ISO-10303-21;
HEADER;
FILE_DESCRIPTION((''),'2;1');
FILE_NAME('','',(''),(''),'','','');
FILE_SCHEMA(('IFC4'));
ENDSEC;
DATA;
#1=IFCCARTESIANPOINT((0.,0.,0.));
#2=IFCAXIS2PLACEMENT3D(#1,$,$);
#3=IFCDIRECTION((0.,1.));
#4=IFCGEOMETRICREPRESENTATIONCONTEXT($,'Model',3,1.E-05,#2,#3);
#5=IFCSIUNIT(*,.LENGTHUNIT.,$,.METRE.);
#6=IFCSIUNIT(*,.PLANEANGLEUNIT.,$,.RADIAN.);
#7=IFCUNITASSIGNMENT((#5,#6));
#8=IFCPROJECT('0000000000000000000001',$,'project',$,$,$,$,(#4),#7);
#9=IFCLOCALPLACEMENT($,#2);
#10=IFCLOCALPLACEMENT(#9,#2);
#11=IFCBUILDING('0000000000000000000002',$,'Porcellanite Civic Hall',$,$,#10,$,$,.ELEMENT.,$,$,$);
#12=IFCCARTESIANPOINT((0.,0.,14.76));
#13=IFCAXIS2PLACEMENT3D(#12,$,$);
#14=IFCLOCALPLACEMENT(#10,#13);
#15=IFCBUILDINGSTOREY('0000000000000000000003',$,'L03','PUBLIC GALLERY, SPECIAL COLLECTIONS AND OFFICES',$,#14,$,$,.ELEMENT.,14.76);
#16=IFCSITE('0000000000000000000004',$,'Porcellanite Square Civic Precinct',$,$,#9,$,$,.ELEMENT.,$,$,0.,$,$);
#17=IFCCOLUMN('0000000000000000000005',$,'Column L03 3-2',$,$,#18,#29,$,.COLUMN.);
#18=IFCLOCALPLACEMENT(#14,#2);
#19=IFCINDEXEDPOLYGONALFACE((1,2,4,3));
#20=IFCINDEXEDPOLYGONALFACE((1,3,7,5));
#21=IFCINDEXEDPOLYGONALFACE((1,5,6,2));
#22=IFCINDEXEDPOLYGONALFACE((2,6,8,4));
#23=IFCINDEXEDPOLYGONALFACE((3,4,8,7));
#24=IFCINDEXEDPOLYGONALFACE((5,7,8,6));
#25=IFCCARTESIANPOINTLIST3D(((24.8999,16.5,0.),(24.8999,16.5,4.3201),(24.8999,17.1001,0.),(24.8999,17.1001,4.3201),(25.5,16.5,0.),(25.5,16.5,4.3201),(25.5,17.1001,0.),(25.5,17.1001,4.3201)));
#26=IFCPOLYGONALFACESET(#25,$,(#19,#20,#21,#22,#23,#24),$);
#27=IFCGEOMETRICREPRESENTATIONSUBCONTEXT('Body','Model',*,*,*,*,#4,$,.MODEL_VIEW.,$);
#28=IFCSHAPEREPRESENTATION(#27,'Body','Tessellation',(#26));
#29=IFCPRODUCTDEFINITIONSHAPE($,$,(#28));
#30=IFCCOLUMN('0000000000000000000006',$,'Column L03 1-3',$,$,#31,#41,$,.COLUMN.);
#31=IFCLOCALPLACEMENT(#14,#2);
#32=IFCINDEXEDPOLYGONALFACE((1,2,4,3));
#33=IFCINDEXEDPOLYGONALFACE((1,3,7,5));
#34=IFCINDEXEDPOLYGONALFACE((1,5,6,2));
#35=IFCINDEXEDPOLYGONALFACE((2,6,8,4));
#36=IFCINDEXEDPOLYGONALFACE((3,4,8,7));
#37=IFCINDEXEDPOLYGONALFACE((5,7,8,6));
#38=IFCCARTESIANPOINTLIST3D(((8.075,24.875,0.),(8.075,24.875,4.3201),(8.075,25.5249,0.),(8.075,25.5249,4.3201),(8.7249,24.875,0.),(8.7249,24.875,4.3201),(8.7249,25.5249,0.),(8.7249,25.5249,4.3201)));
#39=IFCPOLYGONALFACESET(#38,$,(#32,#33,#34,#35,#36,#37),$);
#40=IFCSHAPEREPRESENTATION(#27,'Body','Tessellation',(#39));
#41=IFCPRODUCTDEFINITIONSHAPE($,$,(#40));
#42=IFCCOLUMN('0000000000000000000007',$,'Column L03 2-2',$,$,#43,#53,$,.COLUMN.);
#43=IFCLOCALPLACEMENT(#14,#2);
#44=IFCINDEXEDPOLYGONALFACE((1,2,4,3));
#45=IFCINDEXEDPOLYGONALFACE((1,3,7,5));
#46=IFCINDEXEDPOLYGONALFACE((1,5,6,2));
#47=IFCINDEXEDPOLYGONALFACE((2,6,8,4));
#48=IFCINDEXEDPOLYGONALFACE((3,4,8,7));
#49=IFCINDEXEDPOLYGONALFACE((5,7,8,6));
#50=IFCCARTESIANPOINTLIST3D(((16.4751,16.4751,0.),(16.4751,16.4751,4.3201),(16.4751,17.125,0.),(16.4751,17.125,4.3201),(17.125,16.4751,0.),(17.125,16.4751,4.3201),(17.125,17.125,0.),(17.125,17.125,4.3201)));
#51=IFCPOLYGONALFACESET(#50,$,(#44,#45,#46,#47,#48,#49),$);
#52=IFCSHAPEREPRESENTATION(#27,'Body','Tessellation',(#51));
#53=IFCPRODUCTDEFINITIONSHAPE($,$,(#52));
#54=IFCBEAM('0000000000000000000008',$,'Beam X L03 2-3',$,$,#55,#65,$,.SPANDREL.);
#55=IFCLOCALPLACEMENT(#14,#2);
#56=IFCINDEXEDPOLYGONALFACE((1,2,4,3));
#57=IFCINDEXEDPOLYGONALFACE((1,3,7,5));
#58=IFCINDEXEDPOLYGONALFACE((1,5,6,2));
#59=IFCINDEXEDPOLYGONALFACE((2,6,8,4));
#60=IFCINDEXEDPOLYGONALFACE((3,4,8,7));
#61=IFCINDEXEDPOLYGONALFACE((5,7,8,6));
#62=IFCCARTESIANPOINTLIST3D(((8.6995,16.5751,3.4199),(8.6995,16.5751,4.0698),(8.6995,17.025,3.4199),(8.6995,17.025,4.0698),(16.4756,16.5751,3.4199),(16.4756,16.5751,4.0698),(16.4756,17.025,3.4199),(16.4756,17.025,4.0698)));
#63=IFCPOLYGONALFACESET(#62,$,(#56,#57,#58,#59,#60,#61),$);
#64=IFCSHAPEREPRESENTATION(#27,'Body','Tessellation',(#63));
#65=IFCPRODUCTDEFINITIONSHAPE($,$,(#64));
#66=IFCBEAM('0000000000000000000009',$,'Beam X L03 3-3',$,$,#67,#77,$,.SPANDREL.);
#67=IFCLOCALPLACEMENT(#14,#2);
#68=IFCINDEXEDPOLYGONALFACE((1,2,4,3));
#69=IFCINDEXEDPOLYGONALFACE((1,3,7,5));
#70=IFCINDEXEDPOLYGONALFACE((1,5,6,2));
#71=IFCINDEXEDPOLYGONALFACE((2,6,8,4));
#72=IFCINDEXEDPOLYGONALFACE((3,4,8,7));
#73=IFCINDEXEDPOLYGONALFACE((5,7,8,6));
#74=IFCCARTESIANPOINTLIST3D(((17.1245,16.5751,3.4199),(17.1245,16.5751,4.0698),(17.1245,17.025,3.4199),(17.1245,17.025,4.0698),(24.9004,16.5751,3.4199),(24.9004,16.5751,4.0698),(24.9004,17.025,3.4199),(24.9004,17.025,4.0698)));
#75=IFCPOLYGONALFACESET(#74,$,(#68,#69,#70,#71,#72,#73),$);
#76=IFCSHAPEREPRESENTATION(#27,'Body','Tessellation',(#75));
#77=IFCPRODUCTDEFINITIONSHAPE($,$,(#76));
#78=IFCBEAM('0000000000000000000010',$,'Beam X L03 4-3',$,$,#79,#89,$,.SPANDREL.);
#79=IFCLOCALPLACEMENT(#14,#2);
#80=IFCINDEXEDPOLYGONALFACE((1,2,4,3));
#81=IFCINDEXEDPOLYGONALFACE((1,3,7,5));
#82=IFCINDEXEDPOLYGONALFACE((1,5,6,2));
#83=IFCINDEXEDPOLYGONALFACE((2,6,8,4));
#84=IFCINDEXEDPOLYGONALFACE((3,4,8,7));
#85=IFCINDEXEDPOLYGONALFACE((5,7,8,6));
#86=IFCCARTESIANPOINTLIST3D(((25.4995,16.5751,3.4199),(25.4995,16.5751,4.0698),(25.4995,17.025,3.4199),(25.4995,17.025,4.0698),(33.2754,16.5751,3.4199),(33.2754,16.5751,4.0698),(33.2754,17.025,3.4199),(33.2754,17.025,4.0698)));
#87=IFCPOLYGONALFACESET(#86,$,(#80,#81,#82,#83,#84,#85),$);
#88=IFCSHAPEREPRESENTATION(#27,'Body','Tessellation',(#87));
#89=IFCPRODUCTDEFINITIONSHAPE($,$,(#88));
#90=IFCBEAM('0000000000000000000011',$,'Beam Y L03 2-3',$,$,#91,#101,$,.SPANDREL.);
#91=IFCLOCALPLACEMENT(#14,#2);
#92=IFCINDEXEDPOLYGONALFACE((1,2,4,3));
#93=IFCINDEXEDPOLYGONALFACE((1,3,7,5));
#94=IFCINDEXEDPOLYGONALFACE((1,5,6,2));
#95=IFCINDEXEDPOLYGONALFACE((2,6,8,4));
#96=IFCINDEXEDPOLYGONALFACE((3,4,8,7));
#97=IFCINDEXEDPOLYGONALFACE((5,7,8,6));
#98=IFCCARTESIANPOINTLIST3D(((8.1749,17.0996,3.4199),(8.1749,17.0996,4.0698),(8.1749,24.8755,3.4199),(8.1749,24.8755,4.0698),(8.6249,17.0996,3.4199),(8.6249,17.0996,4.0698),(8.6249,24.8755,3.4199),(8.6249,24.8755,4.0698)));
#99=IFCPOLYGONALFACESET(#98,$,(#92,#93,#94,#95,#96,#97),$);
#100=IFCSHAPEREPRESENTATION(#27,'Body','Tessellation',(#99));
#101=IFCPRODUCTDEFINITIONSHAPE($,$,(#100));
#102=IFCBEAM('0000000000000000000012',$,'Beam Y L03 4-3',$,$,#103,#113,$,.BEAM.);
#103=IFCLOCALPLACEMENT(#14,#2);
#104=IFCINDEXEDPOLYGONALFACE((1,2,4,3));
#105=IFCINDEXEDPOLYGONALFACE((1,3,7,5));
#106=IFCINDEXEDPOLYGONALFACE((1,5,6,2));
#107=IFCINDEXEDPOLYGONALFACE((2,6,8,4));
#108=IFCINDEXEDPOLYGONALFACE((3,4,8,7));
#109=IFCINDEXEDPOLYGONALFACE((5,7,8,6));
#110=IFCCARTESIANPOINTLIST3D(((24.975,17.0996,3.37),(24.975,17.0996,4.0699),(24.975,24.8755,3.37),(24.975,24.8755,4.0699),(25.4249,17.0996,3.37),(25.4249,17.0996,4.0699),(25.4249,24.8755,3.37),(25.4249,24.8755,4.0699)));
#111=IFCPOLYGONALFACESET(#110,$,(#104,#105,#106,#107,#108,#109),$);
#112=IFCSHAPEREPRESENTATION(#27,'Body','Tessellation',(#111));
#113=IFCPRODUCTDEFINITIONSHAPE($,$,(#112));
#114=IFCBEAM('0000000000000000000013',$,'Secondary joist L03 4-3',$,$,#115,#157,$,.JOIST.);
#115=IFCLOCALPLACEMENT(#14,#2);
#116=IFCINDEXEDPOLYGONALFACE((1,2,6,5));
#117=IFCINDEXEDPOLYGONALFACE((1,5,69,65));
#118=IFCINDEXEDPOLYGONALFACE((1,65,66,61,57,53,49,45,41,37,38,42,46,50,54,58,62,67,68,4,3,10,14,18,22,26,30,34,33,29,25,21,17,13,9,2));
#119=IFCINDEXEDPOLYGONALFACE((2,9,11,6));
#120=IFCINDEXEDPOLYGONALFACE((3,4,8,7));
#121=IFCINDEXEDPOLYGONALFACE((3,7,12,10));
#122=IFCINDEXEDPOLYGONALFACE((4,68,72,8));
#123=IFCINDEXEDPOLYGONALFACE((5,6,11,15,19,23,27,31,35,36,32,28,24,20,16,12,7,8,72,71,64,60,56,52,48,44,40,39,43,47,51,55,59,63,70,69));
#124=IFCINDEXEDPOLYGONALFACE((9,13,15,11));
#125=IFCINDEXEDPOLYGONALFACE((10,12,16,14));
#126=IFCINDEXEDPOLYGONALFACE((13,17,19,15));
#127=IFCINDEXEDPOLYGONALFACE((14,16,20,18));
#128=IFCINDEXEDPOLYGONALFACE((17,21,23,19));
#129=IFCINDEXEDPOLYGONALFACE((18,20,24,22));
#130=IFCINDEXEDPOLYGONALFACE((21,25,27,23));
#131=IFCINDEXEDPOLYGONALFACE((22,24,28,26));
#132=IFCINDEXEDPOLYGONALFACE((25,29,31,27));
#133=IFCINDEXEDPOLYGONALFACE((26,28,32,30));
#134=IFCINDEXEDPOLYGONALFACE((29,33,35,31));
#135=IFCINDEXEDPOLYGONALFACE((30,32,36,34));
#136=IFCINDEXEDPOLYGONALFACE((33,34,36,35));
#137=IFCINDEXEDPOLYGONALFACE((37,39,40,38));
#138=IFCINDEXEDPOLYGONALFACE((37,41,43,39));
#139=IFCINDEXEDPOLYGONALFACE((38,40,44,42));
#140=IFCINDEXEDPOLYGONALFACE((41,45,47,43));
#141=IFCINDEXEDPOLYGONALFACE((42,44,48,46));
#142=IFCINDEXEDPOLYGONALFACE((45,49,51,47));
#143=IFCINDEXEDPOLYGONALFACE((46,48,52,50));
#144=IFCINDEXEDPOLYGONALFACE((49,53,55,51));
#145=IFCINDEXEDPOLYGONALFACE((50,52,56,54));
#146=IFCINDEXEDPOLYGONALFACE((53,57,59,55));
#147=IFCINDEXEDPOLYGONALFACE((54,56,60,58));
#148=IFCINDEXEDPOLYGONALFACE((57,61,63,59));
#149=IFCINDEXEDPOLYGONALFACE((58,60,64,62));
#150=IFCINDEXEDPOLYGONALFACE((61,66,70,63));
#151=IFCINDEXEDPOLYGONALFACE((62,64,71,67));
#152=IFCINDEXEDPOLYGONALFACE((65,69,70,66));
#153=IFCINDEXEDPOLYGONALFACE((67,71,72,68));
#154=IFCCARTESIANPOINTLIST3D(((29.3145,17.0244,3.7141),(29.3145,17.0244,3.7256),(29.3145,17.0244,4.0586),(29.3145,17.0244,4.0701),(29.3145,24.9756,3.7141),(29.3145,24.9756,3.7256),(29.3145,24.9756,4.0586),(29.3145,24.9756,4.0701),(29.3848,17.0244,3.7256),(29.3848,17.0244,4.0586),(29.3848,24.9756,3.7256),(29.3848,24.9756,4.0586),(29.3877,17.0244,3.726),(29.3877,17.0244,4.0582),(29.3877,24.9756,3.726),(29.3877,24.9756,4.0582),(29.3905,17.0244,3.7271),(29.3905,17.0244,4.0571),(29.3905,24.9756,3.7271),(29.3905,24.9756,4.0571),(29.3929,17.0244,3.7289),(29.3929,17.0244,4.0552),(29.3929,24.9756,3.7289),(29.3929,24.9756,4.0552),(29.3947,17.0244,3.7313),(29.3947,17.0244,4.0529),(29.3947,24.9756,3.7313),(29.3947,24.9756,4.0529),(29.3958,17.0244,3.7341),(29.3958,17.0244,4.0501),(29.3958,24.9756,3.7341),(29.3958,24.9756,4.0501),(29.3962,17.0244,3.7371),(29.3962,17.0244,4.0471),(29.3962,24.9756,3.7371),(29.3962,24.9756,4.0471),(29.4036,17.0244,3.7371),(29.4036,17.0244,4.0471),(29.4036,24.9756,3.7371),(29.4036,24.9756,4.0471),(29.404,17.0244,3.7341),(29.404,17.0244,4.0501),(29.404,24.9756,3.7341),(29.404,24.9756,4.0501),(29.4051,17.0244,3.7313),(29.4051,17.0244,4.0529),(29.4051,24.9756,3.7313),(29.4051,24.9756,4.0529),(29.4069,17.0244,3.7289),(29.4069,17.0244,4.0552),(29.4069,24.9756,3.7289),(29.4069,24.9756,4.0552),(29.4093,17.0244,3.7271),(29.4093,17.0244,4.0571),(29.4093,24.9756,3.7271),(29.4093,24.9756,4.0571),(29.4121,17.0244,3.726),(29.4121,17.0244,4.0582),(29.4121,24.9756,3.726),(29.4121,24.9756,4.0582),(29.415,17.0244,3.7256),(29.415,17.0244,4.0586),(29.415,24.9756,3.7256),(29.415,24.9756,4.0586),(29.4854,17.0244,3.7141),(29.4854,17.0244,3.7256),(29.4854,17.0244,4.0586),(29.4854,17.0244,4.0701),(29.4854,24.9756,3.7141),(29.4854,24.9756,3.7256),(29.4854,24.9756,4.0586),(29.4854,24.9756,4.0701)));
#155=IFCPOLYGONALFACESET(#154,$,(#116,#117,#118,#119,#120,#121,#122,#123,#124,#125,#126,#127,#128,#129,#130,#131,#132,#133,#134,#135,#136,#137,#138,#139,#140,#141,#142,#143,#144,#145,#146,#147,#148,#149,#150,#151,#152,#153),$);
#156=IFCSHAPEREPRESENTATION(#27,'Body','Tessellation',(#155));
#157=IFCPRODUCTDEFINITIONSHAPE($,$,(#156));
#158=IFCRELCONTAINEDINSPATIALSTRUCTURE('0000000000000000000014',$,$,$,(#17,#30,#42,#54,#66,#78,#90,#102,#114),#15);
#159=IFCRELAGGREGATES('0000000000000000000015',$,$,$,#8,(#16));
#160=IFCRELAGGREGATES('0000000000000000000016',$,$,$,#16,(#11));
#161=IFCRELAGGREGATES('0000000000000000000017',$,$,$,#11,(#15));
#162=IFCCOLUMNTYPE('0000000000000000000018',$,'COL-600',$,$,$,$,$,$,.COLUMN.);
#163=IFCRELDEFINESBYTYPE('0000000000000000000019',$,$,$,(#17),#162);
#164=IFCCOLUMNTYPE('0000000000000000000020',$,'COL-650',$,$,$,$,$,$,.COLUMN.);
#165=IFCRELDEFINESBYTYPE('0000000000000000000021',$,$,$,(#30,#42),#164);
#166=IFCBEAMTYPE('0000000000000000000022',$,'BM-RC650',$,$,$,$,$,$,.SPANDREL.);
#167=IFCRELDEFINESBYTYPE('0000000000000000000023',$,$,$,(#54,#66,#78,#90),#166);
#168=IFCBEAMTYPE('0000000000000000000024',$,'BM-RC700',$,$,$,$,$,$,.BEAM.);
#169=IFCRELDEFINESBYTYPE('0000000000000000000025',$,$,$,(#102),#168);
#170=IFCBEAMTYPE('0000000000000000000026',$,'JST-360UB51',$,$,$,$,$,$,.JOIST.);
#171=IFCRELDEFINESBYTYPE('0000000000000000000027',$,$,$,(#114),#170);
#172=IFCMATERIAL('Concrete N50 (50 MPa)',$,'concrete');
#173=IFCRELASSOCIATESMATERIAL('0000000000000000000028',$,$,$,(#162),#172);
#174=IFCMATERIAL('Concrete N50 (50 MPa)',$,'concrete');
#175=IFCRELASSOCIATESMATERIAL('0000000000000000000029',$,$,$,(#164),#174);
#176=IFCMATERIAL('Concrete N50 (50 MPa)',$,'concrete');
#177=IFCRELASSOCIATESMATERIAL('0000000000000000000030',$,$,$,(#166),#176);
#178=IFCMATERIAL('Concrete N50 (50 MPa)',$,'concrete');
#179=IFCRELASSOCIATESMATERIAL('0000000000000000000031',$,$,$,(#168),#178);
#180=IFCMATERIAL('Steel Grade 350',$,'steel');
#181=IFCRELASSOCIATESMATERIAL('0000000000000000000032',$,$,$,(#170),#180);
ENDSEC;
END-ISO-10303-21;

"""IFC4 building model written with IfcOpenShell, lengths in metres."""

from ifc_helpers import new_model, si_unit, direction, frame, origin, origin_2d, place, context, subcontext, project, spatial, rectangle, i_section, extrude, material, material_profile, profile_set, type_object, element, save


model = new_model("IFC4")

# Units and contexts
model_context = context("Model", 3, precision=1e-05, world=origin(), true_north=direction((0.0, 1.0)))
body_context = subcontext(model_context, "Body", "Model", "MODEL_VIEW")
ifc_project = project(units=[si_unit("LENGTHUNIT", "METRE"), si_unit("PLANEANGLEUNIT", "RADIAN")], contexts=[model_context])

# Site, building, storey
site_placement = place(None, origin())
site = spatial("IfcSite", under=ifc_project, at=site_placement, Name="Porcellanite Square Civic Precinct", CompositionType="ELEMENT", RefElevation=0.0)
building_placement = place(site_placement, origin())
building = spatial("IfcBuilding", under=site, at=building_placement, Name="Porcellanite Civic Hall", CompositionType="ELEMENT")
storey_placement = place(building_placement, frame((0.0, 0.0, 14.76)))
storey = spatial("IfcBuildingStorey", under=building, at=storey_placement, Name="L03", Description="PUBLIC GALLERY, SPECIAL COLLECTIONS AND OFFICES", CompositionType="ELEMENT", Elevation=14.76)

# Columns
ifc_material_1 = material(Name="Concrete N50 (50 MPa)", Category="concrete")
ifc_material_profile_1 = material_profile(ifc_material_1, rectangle(XDim=0.6001, YDim=0.6001, at=origin_2d()), Name="RC-600x600")
ifc_profile_set_1 = profile_set([ifc_material_profile_1], Name="Concrete N50 (50 MPa)")
column_type_1 = type_object("IfcColumnType", Name="COL-600", PredefinedType="COLUMN", material=ifc_profile_set_1)
column_placement = place(storey_placement, frame((25.2, 16.8, 0.0), z_axis=(0.0, 0.0, 1.0), x_axis=(1.0, 0.0, 0.0)))
element("IfcColumn", 1, at=column_placement, inside=storey, type_object=column_type_1, Name="Column L03 3-2", PredefinedType="COLUMN", context=body_context, shape_type="SweptSolid", body=[
    extrude(rectangle(XDim=0.6001, YDim=0.6001, at=origin_2d()), origin(), (0.0, 0.0, 1.0), 4.3201),
])
ifc_material_2 = material(Name="Concrete N50 (50 MPa)", Category="concrete")
ifc_material_profile_2 = material_profile(ifc_material_2, rectangle(XDim=0.6499, YDim=0.6499, at=origin_2d()), Name="RC-650x650")
ifc_profile_set_2 = profile_set([ifc_material_profile_2], Name="Concrete N50 (50 MPa)")
column_type_2 = type_object("IfcColumnType", Name="COL-650", PredefinedType="COLUMN", material=ifc_profile_set_2)
for number, where, z_axis, x_axis, name in (
    (2, (8.3999, 25.2, 0.0), (0.0, 0.0, 1.0), (1.0, 0.0, 0.0), "Column L03 1-3"),
    (3, (16.8, 16.8, 0.0), (0.0, 0.0, 1.0), (1.0, 0.0, 0.0), "Column L03 2-2"),
):
    element("IfcColumn", number, at=place(storey_placement, frame(where, z_axis=z_axis, x_axis=x_axis)), inside=storey, type_object=column_type_2, Name=name, PredefinedType="COLUMN", context=body_context, shape_type="SweptSolid", body=[
        extrude(rectangle(XDim=0.6499, YDim=0.6499, at=origin_2d()), origin(), (0.0, 0.0, 1.0), 4.3201),
    ])

# Beams
ifc_material_3 = material(Name="Concrete N50 (50 MPa)", Category="concrete")
ifc_material_profile_3 = material_profile(ifc_material_3, rectangle(XDim=0.45, YDim=0.6499, at=origin_2d()), Name="RC-450x650")
ifc_profile_set_3 = profile_set([ifc_material_profile_3], Name="Concrete N50 (50 MPa)")
beam_type_1 = type_object("IfcBeamType", Name="BM-RC650", PredefinedType="SPANDREL", material=ifc_profile_set_3)
beam_1_placement = place(storey_placement, frame((8.6995, 16.8, 3.7449), z_axis=(1.0, 0.0, 0.0), x_axis=(0.0, 1.0, 0.0)))
element("IfcBeam", 4, at=beam_1_placement, inside=storey, type_object=beam_type_1, Name="Beam X L03 2-3", PredefinedType="SPANDREL", context=body_context, shape_type="SweptSolid", body=[
    extrude(rectangle(XDim=0.45, YDim=0.6499, at=origin_2d()), origin(), (0.0, 0.0, 1.0), 7.7761),
])
for number, where, z_axis, x_axis, name in (
    (5, (17.1245, 16.8, 3.7449), (1.0, 0.0, 0.0), (0.0, 1.0, 0.0), "Beam X L03 3-3"),
    (6, (25.4995, 16.8, 3.7449), (1.0, 0.0, 0.0), (0.0, 1.0, 0.0), "Beam X L03 4-3"),
    (7, (8.3999, 17.0996, 3.7449), (0.0, 1.0, 0.0), (-1.0, 0.0, 0.0), "Beam Y L03 2-3"),
):
    element("IfcBeam", number, at=place(storey_placement, frame(where, z_axis=z_axis, x_axis=x_axis)), inside=storey, type_object=beam_type_1, Name=name, PredefinedType="SPANDREL", context=body_context, shape_type="SweptSolid", body=[
        extrude(rectangle(XDim=0.45, YDim=0.6499, at=origin_2d()), origin(), (0.0, 0.0, 1.0), 7.7759),
    ])
ifc_material_4 = material(Name="Concrete N50 (50 MPa)", Category="concrete")
ifc_material_profile_4 = material_profile(ifc_material_4, rectangle(XDim=0.45, YDim=0.7, at=origin_2d()), Name="RC-450x700")
ifc_profile_set_4 = profile_set([ifc_material_profile_4], Name="Concrete N50 (50 MPa)")
beam_type_2 = type_object("IfcBeamType", Name="BM-RC700", PredefinedType="BEAM", material=ifc_profile_set_4)
beam_2_placement = place(storey_placement, frame((25.2, 17.0996, 3.72), z_axis=(0.0, 1.0, 0.0), x_axis=(-1.0, 0.0, 0.0)))
element("IfcBeam", 8, at=beam_2_placement, inside=storey, type_object=beam_type_2, Name="Beam Y L03 4-3", PredefinedType="BEAM", context=body_context, shape_type="SweptSolid", body=[
    extrude(rectangle(XDim=0.45, YDim=0.7, at=origin_2d()), origin(), (0.0, 0.0, 1.0), 7.7759),
])
ifc_material_5 = material(Name="Steel Grade 350", Category="steel")
ifc_material_profile_5 = material_profile(ifc_material_5, i_section(OverallWidth=0.1709, OverallDepth=0.356, WebThickness=0.0073, FlangeThickness=0.0115, FilletRadius=0.0115, at=origin_2d()), Name="360UB50.7")
ifc_profile_set_5 = profile_set([ifc_material_profile_5], Name="Steel Grade 350")
beam_type_3 = type_object("IfcBeamType", Name="JST-360UB51", PredefinedType="JOIST", material=ifc_profile_set_5)
beam_3_placement = place(storey_placement, frame((29.3999, 17.0244, 3.8921), z_axis=(0.0, 1.0, 0.0), x_axis=(-1.0, 0.0, 0.0)))
element("IfcBeam", 9, at=beam_3_placement, inside=storey, type_object=beam_type_3, Name="Secondary joist L03 4-3", PredefinedType="JOIST", context=body_context, shape_type="SweptSolid", body=[
    extrude(i_section(OverallWidth=0.1709, OverallDepth=0.356, WebThickness=0.0073, FlangeThickness=0.0115, FilletRadius=0.0115, at=origin_2d()), origin(), (0.0, 0.0, 1.0), 7.9512),
])

save(model, "model.ifc")
